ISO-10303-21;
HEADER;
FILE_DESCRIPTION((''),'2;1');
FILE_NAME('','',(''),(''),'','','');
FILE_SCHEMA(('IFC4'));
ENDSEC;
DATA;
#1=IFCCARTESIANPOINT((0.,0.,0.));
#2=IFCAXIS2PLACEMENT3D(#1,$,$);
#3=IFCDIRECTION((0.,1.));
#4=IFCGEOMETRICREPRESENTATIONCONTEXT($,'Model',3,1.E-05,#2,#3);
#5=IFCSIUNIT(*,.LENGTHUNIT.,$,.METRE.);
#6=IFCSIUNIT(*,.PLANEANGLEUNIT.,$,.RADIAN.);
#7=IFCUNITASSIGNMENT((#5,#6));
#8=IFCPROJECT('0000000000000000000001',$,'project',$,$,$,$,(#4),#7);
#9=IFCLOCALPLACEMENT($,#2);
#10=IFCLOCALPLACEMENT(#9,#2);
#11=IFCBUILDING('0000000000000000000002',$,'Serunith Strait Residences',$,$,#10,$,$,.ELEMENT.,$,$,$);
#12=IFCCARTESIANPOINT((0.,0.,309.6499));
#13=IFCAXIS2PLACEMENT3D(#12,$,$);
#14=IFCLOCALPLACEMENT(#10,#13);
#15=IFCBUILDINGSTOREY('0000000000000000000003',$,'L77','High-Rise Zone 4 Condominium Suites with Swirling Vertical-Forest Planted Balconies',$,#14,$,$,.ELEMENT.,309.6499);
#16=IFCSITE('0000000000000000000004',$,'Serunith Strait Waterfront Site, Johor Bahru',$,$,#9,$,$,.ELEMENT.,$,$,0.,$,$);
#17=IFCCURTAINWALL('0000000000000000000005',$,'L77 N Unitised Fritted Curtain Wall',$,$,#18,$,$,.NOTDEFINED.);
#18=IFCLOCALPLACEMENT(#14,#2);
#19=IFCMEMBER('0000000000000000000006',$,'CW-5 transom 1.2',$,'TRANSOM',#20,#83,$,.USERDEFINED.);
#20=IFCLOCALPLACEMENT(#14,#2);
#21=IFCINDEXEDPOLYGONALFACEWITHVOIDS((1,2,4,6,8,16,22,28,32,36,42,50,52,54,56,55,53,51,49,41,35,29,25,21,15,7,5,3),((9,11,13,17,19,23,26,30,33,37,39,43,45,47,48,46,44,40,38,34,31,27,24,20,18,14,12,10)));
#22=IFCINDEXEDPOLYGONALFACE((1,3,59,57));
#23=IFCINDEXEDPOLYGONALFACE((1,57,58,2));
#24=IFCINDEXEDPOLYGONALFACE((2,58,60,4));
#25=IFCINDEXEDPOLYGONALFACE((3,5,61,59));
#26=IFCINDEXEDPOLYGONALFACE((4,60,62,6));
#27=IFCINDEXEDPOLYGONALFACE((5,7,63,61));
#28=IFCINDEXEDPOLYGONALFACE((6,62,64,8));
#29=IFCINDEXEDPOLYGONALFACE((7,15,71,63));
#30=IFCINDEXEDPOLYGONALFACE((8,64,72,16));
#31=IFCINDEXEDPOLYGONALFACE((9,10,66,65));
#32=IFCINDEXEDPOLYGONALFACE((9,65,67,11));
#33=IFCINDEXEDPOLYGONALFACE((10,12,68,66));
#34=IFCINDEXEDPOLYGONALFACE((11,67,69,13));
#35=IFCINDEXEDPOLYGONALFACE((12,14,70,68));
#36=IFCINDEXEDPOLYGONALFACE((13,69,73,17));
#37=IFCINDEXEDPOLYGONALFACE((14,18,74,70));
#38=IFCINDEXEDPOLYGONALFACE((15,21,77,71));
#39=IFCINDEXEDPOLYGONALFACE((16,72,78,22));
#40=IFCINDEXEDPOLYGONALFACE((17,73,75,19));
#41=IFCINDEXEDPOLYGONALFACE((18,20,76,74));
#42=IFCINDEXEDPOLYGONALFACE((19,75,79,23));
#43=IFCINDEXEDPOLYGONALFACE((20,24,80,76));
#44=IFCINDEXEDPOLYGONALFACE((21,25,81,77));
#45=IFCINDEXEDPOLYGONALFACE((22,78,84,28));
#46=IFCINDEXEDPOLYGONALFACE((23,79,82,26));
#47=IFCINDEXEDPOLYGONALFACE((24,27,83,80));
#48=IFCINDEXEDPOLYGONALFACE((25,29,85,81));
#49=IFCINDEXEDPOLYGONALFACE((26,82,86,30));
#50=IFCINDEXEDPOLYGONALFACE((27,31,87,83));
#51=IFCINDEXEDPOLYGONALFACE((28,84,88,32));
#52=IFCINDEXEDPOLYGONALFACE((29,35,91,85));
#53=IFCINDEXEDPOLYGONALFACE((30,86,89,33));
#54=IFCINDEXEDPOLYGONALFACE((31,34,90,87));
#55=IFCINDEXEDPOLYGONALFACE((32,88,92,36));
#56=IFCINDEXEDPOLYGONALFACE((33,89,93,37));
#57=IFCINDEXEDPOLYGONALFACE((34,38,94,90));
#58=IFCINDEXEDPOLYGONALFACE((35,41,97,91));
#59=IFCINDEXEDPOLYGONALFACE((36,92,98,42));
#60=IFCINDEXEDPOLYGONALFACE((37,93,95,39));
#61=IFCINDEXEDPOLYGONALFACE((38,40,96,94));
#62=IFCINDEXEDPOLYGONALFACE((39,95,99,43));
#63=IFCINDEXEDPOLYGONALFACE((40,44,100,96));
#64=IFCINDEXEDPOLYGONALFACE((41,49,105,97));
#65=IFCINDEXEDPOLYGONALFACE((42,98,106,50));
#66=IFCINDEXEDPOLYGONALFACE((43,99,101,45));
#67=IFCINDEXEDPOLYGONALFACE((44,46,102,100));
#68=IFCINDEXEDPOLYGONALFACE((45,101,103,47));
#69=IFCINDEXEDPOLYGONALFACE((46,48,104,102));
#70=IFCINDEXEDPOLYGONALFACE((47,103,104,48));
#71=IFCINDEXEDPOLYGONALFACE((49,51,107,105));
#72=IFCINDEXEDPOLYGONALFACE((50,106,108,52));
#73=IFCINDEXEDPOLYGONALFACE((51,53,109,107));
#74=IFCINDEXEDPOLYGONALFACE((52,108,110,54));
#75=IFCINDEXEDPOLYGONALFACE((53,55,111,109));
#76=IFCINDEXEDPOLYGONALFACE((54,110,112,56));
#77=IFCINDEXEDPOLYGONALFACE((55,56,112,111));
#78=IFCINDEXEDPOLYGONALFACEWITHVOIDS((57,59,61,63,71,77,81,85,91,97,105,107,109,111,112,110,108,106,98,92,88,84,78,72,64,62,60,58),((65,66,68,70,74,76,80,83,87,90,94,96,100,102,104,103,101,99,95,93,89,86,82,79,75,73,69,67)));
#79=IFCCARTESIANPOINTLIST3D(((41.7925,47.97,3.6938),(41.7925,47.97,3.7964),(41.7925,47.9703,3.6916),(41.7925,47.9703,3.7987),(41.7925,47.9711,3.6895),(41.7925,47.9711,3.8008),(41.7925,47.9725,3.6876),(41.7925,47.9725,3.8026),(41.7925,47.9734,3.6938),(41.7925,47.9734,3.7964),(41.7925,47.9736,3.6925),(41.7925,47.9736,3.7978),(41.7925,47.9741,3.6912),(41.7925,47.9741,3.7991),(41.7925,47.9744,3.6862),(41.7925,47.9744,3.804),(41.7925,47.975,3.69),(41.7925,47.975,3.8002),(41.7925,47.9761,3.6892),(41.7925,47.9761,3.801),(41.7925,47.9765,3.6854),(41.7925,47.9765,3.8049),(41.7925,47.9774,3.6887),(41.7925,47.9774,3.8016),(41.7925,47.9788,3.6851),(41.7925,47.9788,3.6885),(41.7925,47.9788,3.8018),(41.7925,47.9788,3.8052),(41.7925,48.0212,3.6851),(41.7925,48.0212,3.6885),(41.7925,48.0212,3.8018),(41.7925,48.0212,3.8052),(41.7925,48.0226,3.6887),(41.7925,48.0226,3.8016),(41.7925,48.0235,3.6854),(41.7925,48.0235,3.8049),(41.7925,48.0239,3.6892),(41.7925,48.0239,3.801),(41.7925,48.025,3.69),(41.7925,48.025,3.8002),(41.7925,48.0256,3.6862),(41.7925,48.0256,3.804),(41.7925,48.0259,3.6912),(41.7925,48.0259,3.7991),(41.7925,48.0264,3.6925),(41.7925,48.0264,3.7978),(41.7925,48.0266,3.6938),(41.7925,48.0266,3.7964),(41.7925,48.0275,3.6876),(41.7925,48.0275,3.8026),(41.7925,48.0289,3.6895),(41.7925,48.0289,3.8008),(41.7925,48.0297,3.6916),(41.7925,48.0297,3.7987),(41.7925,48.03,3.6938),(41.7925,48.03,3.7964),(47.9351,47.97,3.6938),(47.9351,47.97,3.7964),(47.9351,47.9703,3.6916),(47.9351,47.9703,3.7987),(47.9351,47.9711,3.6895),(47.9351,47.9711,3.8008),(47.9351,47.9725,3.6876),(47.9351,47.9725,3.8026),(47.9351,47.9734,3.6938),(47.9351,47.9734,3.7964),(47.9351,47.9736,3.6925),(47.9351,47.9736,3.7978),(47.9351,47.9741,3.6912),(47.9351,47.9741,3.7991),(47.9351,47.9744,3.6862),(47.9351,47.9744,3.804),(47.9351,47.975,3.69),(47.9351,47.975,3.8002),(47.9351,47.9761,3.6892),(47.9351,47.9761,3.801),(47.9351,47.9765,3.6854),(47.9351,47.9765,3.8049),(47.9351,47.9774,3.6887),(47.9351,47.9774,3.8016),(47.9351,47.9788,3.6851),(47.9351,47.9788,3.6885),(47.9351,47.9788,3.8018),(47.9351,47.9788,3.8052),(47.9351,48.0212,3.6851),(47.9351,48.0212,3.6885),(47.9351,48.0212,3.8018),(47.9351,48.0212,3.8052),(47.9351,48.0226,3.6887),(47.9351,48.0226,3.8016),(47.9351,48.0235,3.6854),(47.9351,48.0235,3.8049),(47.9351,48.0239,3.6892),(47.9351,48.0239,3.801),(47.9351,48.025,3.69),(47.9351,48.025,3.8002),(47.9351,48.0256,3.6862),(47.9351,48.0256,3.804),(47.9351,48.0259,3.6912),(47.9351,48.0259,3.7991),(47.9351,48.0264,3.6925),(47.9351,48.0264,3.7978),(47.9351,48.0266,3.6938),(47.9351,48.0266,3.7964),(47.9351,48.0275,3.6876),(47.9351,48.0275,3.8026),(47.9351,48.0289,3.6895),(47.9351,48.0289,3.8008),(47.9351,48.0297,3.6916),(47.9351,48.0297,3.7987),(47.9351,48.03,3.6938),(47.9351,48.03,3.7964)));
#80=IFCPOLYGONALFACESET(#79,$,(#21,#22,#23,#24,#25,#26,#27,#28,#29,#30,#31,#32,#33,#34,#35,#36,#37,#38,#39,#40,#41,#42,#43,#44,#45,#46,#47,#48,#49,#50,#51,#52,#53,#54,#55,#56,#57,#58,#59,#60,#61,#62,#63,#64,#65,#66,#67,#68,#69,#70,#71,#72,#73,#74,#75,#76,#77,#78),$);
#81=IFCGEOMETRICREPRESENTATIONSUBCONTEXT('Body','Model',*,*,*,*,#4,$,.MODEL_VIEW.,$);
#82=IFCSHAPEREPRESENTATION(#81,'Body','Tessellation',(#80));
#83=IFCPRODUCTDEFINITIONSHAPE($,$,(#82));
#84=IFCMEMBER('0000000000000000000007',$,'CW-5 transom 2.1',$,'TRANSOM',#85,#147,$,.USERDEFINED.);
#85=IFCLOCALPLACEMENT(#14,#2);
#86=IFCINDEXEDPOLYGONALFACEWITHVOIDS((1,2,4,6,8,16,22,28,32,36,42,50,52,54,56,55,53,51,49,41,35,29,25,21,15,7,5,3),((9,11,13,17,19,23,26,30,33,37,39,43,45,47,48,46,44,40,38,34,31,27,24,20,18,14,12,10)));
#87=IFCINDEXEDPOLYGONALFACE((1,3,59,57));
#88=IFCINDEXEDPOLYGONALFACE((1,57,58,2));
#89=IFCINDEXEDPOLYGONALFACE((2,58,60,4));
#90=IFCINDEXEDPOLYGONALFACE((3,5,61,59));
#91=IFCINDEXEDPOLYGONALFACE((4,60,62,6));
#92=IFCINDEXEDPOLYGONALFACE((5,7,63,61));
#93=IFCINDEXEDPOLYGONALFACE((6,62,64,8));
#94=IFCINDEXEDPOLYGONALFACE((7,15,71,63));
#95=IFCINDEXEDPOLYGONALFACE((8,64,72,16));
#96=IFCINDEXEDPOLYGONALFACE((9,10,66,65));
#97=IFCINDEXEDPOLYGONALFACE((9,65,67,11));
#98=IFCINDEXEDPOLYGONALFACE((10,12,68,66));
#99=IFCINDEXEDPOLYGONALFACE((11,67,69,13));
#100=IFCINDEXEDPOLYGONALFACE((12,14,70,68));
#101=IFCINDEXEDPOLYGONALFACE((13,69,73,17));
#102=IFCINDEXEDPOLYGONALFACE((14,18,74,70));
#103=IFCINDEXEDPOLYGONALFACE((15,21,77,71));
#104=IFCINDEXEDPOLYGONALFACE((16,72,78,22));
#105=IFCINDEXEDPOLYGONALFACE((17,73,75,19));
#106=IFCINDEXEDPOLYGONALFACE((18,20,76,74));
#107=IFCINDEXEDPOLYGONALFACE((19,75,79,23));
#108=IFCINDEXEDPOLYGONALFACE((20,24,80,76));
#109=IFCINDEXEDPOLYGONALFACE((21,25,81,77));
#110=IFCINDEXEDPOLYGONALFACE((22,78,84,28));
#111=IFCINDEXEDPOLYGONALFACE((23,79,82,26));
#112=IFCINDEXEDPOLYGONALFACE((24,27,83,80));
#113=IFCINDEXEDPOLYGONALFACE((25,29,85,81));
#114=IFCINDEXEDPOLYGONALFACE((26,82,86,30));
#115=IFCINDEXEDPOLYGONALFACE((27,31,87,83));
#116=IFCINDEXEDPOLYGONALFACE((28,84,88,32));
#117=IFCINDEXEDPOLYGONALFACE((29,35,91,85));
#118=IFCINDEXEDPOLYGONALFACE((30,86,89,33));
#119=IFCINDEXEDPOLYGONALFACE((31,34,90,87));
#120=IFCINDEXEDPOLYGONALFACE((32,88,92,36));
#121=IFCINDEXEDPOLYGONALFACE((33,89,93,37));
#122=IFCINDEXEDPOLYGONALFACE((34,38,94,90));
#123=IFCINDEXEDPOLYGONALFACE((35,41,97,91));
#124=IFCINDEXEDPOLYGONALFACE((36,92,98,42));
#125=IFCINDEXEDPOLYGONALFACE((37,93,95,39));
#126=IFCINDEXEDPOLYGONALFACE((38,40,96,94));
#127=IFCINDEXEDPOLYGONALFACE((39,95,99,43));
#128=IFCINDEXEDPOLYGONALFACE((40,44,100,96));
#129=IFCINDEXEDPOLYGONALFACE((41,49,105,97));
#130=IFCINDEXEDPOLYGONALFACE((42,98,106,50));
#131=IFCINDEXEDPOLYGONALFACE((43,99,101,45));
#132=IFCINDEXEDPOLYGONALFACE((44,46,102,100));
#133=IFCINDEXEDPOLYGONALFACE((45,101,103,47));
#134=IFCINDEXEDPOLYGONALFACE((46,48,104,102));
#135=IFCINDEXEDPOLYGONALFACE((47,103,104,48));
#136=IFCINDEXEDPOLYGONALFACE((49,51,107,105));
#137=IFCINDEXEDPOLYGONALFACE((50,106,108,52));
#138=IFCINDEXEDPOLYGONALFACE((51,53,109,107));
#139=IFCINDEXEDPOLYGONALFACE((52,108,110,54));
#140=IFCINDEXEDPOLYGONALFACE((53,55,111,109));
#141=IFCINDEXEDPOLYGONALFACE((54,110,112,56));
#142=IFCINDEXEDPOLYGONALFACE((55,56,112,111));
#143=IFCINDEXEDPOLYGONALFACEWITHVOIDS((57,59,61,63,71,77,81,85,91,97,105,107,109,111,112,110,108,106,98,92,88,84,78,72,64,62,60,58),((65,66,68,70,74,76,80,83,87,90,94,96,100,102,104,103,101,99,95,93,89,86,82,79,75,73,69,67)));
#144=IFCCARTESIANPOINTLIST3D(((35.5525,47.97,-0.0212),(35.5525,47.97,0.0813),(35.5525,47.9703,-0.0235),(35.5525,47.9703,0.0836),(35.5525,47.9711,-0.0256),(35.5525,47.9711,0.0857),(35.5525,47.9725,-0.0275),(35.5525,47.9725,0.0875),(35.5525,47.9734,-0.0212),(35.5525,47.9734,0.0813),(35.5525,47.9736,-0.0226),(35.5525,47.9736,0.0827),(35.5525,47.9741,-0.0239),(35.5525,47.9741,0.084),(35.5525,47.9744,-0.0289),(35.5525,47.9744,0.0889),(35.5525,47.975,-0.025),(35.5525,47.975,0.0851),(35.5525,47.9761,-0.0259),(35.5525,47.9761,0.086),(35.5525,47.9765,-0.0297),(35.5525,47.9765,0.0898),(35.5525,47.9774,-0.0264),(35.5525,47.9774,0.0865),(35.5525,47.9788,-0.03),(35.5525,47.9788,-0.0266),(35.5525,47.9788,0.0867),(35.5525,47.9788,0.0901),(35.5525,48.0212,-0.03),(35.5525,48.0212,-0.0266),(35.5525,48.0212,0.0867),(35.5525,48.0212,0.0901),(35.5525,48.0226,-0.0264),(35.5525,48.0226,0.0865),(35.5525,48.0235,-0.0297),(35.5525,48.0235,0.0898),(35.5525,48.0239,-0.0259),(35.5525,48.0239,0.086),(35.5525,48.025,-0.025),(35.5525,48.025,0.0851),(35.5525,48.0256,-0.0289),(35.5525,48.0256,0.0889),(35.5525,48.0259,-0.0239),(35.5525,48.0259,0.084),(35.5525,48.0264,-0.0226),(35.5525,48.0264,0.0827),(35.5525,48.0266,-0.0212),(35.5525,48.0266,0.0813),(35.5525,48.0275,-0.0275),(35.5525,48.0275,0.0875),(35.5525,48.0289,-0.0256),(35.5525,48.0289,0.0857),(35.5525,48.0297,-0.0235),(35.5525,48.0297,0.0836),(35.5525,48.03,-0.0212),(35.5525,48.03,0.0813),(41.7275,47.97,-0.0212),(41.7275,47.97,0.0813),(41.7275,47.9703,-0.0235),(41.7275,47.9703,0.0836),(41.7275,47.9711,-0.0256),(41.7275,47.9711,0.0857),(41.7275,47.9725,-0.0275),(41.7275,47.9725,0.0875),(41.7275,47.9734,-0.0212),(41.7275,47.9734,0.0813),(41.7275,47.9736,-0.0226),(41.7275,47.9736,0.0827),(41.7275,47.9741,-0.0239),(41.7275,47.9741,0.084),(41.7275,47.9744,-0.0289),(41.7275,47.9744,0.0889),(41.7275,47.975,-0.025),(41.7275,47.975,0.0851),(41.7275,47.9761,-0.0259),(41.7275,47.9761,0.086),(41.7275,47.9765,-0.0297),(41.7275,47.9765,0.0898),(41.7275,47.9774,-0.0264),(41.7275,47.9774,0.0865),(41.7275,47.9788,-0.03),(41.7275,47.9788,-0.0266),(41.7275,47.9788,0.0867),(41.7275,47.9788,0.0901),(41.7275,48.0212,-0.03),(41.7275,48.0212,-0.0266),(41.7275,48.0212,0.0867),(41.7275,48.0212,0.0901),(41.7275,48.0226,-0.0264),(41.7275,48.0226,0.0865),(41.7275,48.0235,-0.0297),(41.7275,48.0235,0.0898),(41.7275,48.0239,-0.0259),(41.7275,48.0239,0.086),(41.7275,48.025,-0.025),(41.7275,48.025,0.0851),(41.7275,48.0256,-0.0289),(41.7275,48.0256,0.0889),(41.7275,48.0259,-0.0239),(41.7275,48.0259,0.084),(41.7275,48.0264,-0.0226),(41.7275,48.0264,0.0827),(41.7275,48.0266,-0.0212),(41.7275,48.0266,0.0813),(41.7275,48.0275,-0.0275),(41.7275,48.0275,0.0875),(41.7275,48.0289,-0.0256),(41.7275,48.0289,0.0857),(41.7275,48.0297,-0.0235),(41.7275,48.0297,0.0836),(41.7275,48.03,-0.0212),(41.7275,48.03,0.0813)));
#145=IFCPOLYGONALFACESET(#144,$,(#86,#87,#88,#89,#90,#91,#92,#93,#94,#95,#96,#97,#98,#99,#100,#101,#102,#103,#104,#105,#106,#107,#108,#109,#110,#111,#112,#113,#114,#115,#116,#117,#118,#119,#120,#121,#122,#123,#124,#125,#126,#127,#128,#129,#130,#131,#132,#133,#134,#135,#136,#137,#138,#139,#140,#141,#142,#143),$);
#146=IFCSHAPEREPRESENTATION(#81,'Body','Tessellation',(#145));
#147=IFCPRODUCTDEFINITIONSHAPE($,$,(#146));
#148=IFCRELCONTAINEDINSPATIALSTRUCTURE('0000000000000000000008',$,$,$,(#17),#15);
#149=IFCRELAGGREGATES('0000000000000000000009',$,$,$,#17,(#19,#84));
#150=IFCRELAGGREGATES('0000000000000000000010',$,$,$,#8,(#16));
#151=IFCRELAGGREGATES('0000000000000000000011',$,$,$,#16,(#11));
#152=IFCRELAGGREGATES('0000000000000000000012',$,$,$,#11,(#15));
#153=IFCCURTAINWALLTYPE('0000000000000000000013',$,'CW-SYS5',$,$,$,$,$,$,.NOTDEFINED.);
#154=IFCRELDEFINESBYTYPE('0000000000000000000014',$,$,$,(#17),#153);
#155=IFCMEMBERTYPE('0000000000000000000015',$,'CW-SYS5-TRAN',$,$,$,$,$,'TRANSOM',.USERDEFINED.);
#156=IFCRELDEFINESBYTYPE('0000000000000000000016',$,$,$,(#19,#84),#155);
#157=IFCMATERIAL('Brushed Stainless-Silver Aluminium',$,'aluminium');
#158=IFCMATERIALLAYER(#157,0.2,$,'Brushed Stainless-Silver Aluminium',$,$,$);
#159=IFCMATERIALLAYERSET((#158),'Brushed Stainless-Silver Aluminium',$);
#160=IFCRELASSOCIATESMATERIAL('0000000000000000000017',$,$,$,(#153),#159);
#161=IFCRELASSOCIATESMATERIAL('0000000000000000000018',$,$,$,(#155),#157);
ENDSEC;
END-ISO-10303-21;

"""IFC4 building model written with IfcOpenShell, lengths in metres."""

from ifc_helpers import new_model, si_unit, direction, frame, origin, origin_2d, place, context, subcontext, project, spatial, hollow_rectangle, extrude, source, transform, mapped, material, layer, layer_set, material_profile, profile_set, type_object, element, aggregate, save


model = new_model("IFC4")

# Units and contexts
model_context = context("Model", 3, precision=1e-05, world=origin(), true_north=direction((0.0, 1.0)))
body_context = subcontext(model_context, "Body", "Model", "MODEL_VIEW")
ifc_project = project(units=[si_unit("LENGTHUNIT", "METRE"), si_unit("PLANEANGLEUNIT", "RADIAN")], contexts=[model_context])

# Site, building, storey
site_placement = place(None, origin())
site = spatial("IfcSite", under=ifc_project, at=site_placement, Name="Serunith Strait Waterfront Site, Johor Bahru", CompositionType="ELEMENT", RefElevation=0.0)
building_placement = place(site_placement, origin())
building = spatial("IfcBuilding", under=site, at=building_placement, Name="Serunith Strait Residences", CompositionType="ELEMENT")
storey_placement = place(building_placement, frame((0.0, 0.0, 309.6499)))
storey = spatial("IfcBuildingStorey", under=building, at=storey_placement, Name="L77", Description="High-Rise Zone 4 Condominium Suites with Swirling Vertical-Forest Planted Balconies", CompositionType="ELEMENT", Elevation=309.6499)

# Shared definitions
ifc_material_1 = material(Name="Brushed Stainless-Silver Aluminium", Category="aluminium")
ifc_layer_1 = layer(ifc_material_1, 0.2, Name="Brushed Stainless-Silver Aluminium")
ifc_layer_set_1 = layer_set([ifc_layer_1], Name="Brushed Stainless-Silver Aluminium")
curtain_wall_type = type_object("IfcCurtainWallType", Name="CW-SYS5", PredefinedType="NOTDEFINED", material=ifc_layer_set_1)

# Curtain wall, members
curtain_wall_1_placement = place(storey_placement, origin())
curtain_wall_1 = element("IfcCurtainWall", 1, at=curtain_wall_1_placement, inside=storey, type_object=curtain_wall_type, Name="L77 N Unitised Fritted Curtain Wall", PredefinedType="NOTDEFINED")
ifc_material_profile_1 = material_profile(ifc_material_1, hollow_rectangle(XDim=0.0601, YDim=0.1201, WallThickness=0.0034, InnerFilletRadius=0.0054, OuterFilletRadius=0.0088, at=origin_2d()), Name="ALU 120x60x3.5")
ifc_profile_set_1 = profile_set([ifc_material_profile_1], Name="Brushed Stainless-Silver Aluminium")
member_type_1 = type_object("IfcMemberType", Name="CW-SYS5-TRAN", ElementType="TRANSOM", PredefinedType="USERDEFINED", material=ifc_profile_set_1)
shared_shape_1 = source(origin(), body_context, "Body", "SweptSolid", [
    extrude(hollow_rectangle(XDim=0.0601, YDim=0.1201, WallThickness=0.0034, InnerFilletRadius=0.0054, OuterFilletRadius=0.0088, at=origin_2d()), origin(), (0.0, 0.0, 1.0), 6.1426),
])
member_1_placement = place(storey_placement, frame((47.9351, 48.0, 3.7451), z_axis=(-1.0, 0.0, 0.0), x_axis=(0.0, -1.0, 0.0)))
member_1 = element("IfcMember", 2, at=member_1_placement, type_object=member_type_1, Name="CW-5 transom 1.2", ObjectType="TRANSOM", PredefinedType="USERDEFINED", context=body_context, shape_type="MappedRepresentation", body=[
    mapped(shared_shape_1, transform((0.0, 0.0, 0.0), scale=1.0)),
])
shared_shape_2 = source(origin(), body_context, "Body", "SweptSolid", [
    extrude(hollow_rectangle(XDim=0.0601, YDim=0.1201, WallThickness=0.0034, InnerFilletRadius=0.0054, OuterFilletRadius=0.0088, at=origin_2d()), origin(), (0.0, 0.0, 1.0), 6.175),
])
member_2_placement = place(storey_placement, frame((41.7275, 48.0, 0.03), z_axis=(-1.0, 0.0, 0.0), x_axis=(0.0, -1.0, 0.0)))
member_2 = element("IfcMember", 3, at=member_2_placement, type_object=member_type_1, Name="CW-5 transom 2.1", ObjectType="TRANSOM", PredefinedType="USERDEFINED", context=body_context, shape_type="MappedRepresentation", body=[
    mapped(shared_shape_2, transform((0.0, 0.0, 0.0), scale=1.0)),
])
aggregate(curtain_wall_1, [member_1, member_2])

save(model, "model.ifc")
